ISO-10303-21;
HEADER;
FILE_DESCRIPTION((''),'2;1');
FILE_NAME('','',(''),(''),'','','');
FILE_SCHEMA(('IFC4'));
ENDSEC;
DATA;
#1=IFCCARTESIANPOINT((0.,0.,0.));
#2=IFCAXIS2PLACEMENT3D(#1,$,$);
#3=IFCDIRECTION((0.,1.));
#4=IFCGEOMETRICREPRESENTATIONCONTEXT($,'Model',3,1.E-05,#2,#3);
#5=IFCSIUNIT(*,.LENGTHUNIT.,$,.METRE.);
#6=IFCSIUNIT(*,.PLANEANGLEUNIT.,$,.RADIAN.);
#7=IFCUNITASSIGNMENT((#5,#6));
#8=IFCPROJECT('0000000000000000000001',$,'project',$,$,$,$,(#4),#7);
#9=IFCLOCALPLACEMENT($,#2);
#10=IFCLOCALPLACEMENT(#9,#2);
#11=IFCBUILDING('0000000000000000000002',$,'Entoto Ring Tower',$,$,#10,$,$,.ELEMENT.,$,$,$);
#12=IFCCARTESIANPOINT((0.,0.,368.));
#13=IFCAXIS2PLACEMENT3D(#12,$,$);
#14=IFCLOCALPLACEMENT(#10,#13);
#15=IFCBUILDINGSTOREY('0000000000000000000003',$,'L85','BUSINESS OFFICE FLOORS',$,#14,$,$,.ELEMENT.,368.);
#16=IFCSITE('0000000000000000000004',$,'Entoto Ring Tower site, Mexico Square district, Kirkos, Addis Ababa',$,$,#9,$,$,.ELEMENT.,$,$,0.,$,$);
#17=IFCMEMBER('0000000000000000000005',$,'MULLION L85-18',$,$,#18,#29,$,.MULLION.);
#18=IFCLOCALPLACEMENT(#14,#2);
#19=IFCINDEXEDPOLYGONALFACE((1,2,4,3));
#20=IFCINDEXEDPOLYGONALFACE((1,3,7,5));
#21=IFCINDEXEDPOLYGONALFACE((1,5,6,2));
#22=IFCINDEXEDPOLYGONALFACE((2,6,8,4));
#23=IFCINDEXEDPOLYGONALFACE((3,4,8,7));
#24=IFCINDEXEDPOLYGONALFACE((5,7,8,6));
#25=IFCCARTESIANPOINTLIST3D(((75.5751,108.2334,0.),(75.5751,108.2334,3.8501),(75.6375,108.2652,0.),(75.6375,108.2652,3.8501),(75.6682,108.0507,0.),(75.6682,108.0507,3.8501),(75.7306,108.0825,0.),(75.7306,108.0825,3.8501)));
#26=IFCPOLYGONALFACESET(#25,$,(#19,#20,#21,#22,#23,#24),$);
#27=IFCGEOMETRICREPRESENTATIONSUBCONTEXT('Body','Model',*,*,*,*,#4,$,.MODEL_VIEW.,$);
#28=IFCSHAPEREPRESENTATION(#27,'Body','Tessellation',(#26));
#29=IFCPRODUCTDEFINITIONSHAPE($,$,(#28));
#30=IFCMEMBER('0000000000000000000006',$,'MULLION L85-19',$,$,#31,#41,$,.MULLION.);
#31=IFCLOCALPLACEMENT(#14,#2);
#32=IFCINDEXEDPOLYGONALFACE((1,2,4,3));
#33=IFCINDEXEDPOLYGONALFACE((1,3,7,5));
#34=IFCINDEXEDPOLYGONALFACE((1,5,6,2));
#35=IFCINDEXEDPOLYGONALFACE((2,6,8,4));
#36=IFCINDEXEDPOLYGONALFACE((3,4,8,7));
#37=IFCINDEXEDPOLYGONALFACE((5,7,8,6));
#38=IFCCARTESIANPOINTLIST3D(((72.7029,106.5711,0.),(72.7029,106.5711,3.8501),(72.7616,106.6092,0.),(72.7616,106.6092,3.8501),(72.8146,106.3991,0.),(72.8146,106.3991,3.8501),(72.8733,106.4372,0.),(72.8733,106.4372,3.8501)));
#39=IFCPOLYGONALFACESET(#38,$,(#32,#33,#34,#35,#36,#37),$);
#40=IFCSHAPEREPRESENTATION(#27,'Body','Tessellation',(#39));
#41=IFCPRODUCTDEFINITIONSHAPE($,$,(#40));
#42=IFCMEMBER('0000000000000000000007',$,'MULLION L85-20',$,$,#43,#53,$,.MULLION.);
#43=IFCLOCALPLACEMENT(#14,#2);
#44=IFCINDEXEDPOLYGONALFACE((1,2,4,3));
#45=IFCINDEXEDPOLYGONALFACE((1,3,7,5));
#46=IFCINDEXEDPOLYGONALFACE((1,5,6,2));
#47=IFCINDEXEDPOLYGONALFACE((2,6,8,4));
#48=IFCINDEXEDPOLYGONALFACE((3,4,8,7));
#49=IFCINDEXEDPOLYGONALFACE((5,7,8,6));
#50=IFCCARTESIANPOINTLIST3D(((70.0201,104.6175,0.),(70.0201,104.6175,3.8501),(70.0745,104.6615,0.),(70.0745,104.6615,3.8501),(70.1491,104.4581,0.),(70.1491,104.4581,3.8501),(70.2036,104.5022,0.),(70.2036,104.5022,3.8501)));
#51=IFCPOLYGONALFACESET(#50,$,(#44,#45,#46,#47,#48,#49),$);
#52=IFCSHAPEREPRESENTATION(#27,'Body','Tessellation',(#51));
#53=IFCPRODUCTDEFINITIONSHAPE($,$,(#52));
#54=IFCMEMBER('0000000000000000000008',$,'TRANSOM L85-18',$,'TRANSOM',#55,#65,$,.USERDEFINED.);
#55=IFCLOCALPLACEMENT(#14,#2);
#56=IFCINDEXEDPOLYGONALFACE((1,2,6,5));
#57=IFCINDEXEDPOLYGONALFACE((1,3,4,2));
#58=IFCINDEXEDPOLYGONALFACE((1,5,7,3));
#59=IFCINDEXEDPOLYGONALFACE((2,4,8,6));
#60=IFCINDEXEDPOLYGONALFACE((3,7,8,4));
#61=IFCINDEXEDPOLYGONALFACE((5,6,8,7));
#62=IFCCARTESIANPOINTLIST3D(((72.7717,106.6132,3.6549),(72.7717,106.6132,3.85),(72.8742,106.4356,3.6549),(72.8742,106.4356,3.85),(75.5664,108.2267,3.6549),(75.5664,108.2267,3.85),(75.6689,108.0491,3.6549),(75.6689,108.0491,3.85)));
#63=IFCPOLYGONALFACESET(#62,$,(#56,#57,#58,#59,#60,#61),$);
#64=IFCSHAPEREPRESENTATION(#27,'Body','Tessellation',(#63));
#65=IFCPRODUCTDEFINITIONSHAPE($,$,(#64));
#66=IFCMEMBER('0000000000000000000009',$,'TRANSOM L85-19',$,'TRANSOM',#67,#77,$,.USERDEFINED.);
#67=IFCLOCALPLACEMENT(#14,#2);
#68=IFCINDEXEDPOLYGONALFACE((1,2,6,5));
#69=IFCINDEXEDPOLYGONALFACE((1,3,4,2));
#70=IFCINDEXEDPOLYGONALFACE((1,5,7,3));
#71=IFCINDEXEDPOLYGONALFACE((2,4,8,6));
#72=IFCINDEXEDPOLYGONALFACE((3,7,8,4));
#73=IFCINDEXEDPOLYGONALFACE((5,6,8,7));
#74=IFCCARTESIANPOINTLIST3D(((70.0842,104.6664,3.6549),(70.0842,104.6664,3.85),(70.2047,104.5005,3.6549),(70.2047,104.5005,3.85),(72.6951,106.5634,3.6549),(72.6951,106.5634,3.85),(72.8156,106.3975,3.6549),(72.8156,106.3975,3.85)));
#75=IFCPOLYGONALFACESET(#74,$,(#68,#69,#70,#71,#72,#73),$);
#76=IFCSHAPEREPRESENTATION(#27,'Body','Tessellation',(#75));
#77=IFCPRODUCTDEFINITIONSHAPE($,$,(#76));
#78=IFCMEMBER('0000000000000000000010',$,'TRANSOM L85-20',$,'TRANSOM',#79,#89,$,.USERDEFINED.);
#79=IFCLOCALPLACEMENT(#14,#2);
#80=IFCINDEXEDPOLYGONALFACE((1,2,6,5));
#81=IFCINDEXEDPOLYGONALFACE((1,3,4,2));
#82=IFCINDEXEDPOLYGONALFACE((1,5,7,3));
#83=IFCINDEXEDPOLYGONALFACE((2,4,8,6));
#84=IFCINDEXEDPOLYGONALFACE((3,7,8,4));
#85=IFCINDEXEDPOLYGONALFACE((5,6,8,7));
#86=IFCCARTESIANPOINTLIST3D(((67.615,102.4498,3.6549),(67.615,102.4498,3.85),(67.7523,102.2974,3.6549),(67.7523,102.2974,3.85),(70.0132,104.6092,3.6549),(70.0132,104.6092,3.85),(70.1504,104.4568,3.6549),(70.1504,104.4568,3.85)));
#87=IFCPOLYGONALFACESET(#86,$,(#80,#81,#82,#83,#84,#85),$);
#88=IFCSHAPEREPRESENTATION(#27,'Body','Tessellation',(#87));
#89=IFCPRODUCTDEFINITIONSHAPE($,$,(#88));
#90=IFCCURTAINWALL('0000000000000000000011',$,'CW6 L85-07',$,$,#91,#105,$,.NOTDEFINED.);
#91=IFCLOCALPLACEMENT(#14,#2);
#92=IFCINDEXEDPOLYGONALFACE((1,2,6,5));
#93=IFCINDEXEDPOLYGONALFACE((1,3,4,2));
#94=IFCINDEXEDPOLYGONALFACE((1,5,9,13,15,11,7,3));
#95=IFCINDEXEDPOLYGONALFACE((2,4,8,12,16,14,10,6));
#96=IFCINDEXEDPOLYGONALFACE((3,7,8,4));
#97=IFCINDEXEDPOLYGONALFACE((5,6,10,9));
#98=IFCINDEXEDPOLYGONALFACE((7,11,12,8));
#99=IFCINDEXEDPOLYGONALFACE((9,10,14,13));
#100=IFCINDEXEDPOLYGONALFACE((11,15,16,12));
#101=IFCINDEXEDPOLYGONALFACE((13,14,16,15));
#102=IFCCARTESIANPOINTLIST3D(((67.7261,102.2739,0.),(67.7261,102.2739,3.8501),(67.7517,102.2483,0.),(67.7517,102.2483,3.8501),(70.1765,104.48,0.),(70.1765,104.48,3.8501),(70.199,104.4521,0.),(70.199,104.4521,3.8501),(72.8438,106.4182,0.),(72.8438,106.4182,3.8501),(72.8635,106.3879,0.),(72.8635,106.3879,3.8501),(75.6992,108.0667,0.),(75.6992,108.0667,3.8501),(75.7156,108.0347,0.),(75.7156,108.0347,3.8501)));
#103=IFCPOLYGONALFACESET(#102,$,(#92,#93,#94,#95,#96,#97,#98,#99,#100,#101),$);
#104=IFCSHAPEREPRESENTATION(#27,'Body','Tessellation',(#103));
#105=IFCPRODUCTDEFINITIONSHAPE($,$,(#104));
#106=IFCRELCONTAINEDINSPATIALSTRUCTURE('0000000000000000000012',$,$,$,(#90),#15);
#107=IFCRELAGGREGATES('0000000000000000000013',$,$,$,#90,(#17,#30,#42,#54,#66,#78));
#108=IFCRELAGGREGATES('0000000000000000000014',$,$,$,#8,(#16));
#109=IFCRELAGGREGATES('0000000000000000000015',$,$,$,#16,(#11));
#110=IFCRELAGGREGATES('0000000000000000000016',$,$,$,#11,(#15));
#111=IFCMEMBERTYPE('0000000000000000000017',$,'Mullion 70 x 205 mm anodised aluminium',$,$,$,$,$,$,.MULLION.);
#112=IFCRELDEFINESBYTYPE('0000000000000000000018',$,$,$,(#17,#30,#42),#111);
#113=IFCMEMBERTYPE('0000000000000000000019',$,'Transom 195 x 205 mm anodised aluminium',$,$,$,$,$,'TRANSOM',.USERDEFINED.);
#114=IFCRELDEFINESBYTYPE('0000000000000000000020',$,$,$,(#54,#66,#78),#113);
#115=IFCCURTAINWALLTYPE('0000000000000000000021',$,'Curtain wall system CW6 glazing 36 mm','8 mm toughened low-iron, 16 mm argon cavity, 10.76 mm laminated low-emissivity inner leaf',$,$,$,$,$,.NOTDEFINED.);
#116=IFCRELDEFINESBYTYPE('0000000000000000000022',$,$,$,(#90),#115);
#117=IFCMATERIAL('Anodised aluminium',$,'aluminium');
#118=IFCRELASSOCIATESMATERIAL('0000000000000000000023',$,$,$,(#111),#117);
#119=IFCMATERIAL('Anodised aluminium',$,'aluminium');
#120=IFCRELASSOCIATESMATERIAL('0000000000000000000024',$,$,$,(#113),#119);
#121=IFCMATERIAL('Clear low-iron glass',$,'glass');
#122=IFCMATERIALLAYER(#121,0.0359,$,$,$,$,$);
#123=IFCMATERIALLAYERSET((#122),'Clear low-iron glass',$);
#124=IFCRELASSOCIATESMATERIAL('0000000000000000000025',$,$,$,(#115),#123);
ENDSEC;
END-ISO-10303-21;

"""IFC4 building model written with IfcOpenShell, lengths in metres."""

from ifc_helpers import new_model, si_unit, direction, frame, origin, origin_2d, place, context, subcontext, project, spatial, polyline, rectangle, outline, extrude, material, layer, layer_set, material_profile, profile_set, type_object, element, aggregate, save


model = new_model("IFC4")

# Units and contexts
model_context = context("Model", 3, precision=1e-05, world=origin(), true_north=direction((0.0, 1.0)))
body_context = subcontext(model_context, "Body", "Model", "MODEL_VIEW")
ifc_project = project(units=[si_unit("LENGTHUNIT", "METRE"), si_unit("PLANEANGLEUNIT", "RADIAN")], contexts=[model_context])

# Members
ifc_material_1 = material(Name="Anodised aluminium", Category="aluminium")
ifc_material_profile_1 = material_profile(ifc_material_1, rectangle(XDim=0.0701, YDim=0.2051, at=origin_2d()), Name="Mullion 70 x 205 mm anodised aluminium")
ifc_profile_set_1 = profile_set([ifc_material_profile_1], Name="Anodised aluminium")
member_type_1 = type_object("IfcMemberType", Name="Mullion 70 x 205 mm anodised aluminium", PredefinedType="MULLION", material=ifc_profile_set_1)
site_placement = place(None, origin())
building_placement = place(site_placement, origin())
storey_placement = place(building_placement, frame((0.0, 0.0, 368.0)))
member_1_placement = place(storey_placement, frame((75.6528, 108.158, 0.0), z_axis=(0.0, 0.0, 1.0), x_axis=(-0.891007, -0.45399, 0.0)))
member_1 = element("IfcMember", 1, at=member_1_placement, type_object=member_type_1, Name="MULLION L85-18", PredefinedType="MULLION", context=body_context, shape_type="SweptSolid", body=[
    extrude(rectangle(XDim=0.0701, YDim=0.2051, at=origin_2d()), origin(), (0.0, 0.0, 1.0), 3.8501),
])
member_2_placement = place(storey_placement, frame((72.7881, 106.5042, 0.0), z_axis=(0.0, 0.0, 1.0), x_axis=(-0.838671, -0.544639, 0.0)))
member_2 = element("IfcMember", 2, at=member_2_placement, type_object=member_type_1, Name="MULLION L85-19", PredefinedType="MULLION", context=body_context, shape_type="SweptSolid", body=[
    extrude(rectangle(XDim=0.0701, YDim=0.2051, at=origin_2d()), origin(), (0.0, 0.0, 1.0), 3.8501),
])
member_3_placement = place(storey_placement, frame((70.1118, 104.5598, 0.0), z_axis=(0.0, 0.0, 1.0), x_axis=(-0.777146, -0.62932, 0.0)))
member_3 = element("IfcMember", 3, at=member_3_placement, type_object=member_type_1, Name="MULLION L85-20", PredefinedType="MULLION", context=body_context, shape_type="SweptSolid", body=[
    extrude(rectangle(XDim=0.0701, YDim=0.2051, at=origin_2d()), origin(), (0.0, 0.0, 1.0), 3.8501),
])
ifc_material_2 = material(Name="Anodised aluminium", Category="aluminium")
ifc_material_profile_2 = material_profile(ifc_material_2, rectangle(XDim=0.2051, YDim=0.1951, at=origin_2d()), Name="Transom 195 x 205 mm anodised aluminium")
ifc_profile_set_2 = profile_set([ifc_material_profile_2], Name="Anodised aluminium")
member_type_2 = type_object("IfcMemberType", Name="Transom 195 x 205 mm anodised aluminium", ElementType="TRANSOM", PredefinedType="USERDEFINED", material=ifc_profile_set_2)
member_4_placement = place(storey_placement, frame((75.6177, 108.1379, 3.7524), z_axis=(-0.866023, -0.500004, 0.0), x_axis=(0.500004, -0.866023, 0.0)))
member_4 = element("IfcMember", 4, at=member_4_placement, type_object=member_type_2, Name="TRANSOM L85-18", ObjectType="TRANSOM", PredefinedType="USERDEFINED", context=body_context, shape_type="SweptSolid", body=[
    extrude(rectangle(XDim=0.2051, YDim=0.1951, at=origin_2d()), origin(), (0.0, 0.0, 1.0), 3.2271),
])
member_5_placement = place(storey_placement, frame((72.7554, 106.4805, 3.7524), z_axis=(-0.809004, -0.587803, 0.0), x_axis=(0.587803, -0.809004, 0.0)))
member_5 = element("IfcMember", 5, at=member_5_placement, type_object=member_type_2, Name="TRANSOM L85-19", ObjectType="TRANSOM", PredefinedType="USERDEFINED", context=body_context, shape_type="SweptSolid", body=[
    extrude(rectangle(XDim=0.2051, YDim=0.1951, at=origin_2d()), origin(), (0.0, 0.0, 1.0), 3.2273),
])
member_6_placement = place(storey_placement, frame((70.0818, 104.533, 3.7524), z_axis=(-0.743132, -0.669144, 0.0), x_axis=(0.669144, -0.743132, 0.0)))
member_6 = element("IfcMember", 6, at=member_6_placement, type_object=member_type_2, Name="TRANSOM L85-20", ObjectType="TRANSOM", PredefinedType="USERDEFINED", context=body_context, shape_type="SweptSolid", body=[
    extrude(rectangle(XDim=0.2051, YDim=0.1951, at=origin_2d()), origin(), (0.0, 0.0, 1.0), 3.2271),
])

# Site, building, storey
site = spatial("IfcSite", under=ifc_project, at=site_placement, Name="Entoto Ring Tower site, Mexico Square district, Kirkos, Addis Ababa", CompositionType="ELEMENT", RefElevation=0.0)
building = spatial("IfcBuilding", under=site, at=building_placement, Name="Entoto Ring Tower", CompositionType="ELEMENT")
storey = spatial("IfcBuildingStorey", under=building, at=storey_placement, Name="L85", Description="BUSINESS OFFICE FLOORS", CompositionType="ELEMENT", Elevation=368.0)

# Curtain wall
ifc_material_3 = material(Name="Clear low-iron glass", Category="glass")
ifc_layer = layer(ifc_material_3, 0.0359)
ifc_layer_set = layer_set([ifc_layer], Name="Clear low-iron glass")
curtain_wall_type = type_object("IfcCurtainWallType", Name="Curtain wall system CW6 glazing 36 mm", Description="8 mm toughened low-iron, 16 mm argon cavity, 10.76 mm laminated low-emissivity inner leaf", PredefinedType="NOTDEFINED", material=ifc_layer_set)
curtain_wall_1_placement = place(storey_placement, origin())
curtain_wall_1 = element("IfcCurtainWall", 7, at=curtain_wall_1_placement, inside=storey, type_object=curtain_wall_type, Name="CW6 L85-07", PredefinedType="NOTDEFINED", context=body_context, shape_type="SweptSolid", body=[
    extrude(outline(polyline([(75.6992, 108.0667), (72.8438, 106.4182), (70.1765, 104.48), (67.7261, 102.2739), (67.7517, 102.2483), (70.199, 104.4521), (72.8635, 106.3879), (75.7156, 108.0347), (75.6992, 108.0667)])), origin(), (0.0, 0.0, 1.0), 3.8501),
])
aggregate(curtain_wall_1, [member_1, member_2, member_3, member_4, member_5, member_6])

save(model, "model.ifc")
